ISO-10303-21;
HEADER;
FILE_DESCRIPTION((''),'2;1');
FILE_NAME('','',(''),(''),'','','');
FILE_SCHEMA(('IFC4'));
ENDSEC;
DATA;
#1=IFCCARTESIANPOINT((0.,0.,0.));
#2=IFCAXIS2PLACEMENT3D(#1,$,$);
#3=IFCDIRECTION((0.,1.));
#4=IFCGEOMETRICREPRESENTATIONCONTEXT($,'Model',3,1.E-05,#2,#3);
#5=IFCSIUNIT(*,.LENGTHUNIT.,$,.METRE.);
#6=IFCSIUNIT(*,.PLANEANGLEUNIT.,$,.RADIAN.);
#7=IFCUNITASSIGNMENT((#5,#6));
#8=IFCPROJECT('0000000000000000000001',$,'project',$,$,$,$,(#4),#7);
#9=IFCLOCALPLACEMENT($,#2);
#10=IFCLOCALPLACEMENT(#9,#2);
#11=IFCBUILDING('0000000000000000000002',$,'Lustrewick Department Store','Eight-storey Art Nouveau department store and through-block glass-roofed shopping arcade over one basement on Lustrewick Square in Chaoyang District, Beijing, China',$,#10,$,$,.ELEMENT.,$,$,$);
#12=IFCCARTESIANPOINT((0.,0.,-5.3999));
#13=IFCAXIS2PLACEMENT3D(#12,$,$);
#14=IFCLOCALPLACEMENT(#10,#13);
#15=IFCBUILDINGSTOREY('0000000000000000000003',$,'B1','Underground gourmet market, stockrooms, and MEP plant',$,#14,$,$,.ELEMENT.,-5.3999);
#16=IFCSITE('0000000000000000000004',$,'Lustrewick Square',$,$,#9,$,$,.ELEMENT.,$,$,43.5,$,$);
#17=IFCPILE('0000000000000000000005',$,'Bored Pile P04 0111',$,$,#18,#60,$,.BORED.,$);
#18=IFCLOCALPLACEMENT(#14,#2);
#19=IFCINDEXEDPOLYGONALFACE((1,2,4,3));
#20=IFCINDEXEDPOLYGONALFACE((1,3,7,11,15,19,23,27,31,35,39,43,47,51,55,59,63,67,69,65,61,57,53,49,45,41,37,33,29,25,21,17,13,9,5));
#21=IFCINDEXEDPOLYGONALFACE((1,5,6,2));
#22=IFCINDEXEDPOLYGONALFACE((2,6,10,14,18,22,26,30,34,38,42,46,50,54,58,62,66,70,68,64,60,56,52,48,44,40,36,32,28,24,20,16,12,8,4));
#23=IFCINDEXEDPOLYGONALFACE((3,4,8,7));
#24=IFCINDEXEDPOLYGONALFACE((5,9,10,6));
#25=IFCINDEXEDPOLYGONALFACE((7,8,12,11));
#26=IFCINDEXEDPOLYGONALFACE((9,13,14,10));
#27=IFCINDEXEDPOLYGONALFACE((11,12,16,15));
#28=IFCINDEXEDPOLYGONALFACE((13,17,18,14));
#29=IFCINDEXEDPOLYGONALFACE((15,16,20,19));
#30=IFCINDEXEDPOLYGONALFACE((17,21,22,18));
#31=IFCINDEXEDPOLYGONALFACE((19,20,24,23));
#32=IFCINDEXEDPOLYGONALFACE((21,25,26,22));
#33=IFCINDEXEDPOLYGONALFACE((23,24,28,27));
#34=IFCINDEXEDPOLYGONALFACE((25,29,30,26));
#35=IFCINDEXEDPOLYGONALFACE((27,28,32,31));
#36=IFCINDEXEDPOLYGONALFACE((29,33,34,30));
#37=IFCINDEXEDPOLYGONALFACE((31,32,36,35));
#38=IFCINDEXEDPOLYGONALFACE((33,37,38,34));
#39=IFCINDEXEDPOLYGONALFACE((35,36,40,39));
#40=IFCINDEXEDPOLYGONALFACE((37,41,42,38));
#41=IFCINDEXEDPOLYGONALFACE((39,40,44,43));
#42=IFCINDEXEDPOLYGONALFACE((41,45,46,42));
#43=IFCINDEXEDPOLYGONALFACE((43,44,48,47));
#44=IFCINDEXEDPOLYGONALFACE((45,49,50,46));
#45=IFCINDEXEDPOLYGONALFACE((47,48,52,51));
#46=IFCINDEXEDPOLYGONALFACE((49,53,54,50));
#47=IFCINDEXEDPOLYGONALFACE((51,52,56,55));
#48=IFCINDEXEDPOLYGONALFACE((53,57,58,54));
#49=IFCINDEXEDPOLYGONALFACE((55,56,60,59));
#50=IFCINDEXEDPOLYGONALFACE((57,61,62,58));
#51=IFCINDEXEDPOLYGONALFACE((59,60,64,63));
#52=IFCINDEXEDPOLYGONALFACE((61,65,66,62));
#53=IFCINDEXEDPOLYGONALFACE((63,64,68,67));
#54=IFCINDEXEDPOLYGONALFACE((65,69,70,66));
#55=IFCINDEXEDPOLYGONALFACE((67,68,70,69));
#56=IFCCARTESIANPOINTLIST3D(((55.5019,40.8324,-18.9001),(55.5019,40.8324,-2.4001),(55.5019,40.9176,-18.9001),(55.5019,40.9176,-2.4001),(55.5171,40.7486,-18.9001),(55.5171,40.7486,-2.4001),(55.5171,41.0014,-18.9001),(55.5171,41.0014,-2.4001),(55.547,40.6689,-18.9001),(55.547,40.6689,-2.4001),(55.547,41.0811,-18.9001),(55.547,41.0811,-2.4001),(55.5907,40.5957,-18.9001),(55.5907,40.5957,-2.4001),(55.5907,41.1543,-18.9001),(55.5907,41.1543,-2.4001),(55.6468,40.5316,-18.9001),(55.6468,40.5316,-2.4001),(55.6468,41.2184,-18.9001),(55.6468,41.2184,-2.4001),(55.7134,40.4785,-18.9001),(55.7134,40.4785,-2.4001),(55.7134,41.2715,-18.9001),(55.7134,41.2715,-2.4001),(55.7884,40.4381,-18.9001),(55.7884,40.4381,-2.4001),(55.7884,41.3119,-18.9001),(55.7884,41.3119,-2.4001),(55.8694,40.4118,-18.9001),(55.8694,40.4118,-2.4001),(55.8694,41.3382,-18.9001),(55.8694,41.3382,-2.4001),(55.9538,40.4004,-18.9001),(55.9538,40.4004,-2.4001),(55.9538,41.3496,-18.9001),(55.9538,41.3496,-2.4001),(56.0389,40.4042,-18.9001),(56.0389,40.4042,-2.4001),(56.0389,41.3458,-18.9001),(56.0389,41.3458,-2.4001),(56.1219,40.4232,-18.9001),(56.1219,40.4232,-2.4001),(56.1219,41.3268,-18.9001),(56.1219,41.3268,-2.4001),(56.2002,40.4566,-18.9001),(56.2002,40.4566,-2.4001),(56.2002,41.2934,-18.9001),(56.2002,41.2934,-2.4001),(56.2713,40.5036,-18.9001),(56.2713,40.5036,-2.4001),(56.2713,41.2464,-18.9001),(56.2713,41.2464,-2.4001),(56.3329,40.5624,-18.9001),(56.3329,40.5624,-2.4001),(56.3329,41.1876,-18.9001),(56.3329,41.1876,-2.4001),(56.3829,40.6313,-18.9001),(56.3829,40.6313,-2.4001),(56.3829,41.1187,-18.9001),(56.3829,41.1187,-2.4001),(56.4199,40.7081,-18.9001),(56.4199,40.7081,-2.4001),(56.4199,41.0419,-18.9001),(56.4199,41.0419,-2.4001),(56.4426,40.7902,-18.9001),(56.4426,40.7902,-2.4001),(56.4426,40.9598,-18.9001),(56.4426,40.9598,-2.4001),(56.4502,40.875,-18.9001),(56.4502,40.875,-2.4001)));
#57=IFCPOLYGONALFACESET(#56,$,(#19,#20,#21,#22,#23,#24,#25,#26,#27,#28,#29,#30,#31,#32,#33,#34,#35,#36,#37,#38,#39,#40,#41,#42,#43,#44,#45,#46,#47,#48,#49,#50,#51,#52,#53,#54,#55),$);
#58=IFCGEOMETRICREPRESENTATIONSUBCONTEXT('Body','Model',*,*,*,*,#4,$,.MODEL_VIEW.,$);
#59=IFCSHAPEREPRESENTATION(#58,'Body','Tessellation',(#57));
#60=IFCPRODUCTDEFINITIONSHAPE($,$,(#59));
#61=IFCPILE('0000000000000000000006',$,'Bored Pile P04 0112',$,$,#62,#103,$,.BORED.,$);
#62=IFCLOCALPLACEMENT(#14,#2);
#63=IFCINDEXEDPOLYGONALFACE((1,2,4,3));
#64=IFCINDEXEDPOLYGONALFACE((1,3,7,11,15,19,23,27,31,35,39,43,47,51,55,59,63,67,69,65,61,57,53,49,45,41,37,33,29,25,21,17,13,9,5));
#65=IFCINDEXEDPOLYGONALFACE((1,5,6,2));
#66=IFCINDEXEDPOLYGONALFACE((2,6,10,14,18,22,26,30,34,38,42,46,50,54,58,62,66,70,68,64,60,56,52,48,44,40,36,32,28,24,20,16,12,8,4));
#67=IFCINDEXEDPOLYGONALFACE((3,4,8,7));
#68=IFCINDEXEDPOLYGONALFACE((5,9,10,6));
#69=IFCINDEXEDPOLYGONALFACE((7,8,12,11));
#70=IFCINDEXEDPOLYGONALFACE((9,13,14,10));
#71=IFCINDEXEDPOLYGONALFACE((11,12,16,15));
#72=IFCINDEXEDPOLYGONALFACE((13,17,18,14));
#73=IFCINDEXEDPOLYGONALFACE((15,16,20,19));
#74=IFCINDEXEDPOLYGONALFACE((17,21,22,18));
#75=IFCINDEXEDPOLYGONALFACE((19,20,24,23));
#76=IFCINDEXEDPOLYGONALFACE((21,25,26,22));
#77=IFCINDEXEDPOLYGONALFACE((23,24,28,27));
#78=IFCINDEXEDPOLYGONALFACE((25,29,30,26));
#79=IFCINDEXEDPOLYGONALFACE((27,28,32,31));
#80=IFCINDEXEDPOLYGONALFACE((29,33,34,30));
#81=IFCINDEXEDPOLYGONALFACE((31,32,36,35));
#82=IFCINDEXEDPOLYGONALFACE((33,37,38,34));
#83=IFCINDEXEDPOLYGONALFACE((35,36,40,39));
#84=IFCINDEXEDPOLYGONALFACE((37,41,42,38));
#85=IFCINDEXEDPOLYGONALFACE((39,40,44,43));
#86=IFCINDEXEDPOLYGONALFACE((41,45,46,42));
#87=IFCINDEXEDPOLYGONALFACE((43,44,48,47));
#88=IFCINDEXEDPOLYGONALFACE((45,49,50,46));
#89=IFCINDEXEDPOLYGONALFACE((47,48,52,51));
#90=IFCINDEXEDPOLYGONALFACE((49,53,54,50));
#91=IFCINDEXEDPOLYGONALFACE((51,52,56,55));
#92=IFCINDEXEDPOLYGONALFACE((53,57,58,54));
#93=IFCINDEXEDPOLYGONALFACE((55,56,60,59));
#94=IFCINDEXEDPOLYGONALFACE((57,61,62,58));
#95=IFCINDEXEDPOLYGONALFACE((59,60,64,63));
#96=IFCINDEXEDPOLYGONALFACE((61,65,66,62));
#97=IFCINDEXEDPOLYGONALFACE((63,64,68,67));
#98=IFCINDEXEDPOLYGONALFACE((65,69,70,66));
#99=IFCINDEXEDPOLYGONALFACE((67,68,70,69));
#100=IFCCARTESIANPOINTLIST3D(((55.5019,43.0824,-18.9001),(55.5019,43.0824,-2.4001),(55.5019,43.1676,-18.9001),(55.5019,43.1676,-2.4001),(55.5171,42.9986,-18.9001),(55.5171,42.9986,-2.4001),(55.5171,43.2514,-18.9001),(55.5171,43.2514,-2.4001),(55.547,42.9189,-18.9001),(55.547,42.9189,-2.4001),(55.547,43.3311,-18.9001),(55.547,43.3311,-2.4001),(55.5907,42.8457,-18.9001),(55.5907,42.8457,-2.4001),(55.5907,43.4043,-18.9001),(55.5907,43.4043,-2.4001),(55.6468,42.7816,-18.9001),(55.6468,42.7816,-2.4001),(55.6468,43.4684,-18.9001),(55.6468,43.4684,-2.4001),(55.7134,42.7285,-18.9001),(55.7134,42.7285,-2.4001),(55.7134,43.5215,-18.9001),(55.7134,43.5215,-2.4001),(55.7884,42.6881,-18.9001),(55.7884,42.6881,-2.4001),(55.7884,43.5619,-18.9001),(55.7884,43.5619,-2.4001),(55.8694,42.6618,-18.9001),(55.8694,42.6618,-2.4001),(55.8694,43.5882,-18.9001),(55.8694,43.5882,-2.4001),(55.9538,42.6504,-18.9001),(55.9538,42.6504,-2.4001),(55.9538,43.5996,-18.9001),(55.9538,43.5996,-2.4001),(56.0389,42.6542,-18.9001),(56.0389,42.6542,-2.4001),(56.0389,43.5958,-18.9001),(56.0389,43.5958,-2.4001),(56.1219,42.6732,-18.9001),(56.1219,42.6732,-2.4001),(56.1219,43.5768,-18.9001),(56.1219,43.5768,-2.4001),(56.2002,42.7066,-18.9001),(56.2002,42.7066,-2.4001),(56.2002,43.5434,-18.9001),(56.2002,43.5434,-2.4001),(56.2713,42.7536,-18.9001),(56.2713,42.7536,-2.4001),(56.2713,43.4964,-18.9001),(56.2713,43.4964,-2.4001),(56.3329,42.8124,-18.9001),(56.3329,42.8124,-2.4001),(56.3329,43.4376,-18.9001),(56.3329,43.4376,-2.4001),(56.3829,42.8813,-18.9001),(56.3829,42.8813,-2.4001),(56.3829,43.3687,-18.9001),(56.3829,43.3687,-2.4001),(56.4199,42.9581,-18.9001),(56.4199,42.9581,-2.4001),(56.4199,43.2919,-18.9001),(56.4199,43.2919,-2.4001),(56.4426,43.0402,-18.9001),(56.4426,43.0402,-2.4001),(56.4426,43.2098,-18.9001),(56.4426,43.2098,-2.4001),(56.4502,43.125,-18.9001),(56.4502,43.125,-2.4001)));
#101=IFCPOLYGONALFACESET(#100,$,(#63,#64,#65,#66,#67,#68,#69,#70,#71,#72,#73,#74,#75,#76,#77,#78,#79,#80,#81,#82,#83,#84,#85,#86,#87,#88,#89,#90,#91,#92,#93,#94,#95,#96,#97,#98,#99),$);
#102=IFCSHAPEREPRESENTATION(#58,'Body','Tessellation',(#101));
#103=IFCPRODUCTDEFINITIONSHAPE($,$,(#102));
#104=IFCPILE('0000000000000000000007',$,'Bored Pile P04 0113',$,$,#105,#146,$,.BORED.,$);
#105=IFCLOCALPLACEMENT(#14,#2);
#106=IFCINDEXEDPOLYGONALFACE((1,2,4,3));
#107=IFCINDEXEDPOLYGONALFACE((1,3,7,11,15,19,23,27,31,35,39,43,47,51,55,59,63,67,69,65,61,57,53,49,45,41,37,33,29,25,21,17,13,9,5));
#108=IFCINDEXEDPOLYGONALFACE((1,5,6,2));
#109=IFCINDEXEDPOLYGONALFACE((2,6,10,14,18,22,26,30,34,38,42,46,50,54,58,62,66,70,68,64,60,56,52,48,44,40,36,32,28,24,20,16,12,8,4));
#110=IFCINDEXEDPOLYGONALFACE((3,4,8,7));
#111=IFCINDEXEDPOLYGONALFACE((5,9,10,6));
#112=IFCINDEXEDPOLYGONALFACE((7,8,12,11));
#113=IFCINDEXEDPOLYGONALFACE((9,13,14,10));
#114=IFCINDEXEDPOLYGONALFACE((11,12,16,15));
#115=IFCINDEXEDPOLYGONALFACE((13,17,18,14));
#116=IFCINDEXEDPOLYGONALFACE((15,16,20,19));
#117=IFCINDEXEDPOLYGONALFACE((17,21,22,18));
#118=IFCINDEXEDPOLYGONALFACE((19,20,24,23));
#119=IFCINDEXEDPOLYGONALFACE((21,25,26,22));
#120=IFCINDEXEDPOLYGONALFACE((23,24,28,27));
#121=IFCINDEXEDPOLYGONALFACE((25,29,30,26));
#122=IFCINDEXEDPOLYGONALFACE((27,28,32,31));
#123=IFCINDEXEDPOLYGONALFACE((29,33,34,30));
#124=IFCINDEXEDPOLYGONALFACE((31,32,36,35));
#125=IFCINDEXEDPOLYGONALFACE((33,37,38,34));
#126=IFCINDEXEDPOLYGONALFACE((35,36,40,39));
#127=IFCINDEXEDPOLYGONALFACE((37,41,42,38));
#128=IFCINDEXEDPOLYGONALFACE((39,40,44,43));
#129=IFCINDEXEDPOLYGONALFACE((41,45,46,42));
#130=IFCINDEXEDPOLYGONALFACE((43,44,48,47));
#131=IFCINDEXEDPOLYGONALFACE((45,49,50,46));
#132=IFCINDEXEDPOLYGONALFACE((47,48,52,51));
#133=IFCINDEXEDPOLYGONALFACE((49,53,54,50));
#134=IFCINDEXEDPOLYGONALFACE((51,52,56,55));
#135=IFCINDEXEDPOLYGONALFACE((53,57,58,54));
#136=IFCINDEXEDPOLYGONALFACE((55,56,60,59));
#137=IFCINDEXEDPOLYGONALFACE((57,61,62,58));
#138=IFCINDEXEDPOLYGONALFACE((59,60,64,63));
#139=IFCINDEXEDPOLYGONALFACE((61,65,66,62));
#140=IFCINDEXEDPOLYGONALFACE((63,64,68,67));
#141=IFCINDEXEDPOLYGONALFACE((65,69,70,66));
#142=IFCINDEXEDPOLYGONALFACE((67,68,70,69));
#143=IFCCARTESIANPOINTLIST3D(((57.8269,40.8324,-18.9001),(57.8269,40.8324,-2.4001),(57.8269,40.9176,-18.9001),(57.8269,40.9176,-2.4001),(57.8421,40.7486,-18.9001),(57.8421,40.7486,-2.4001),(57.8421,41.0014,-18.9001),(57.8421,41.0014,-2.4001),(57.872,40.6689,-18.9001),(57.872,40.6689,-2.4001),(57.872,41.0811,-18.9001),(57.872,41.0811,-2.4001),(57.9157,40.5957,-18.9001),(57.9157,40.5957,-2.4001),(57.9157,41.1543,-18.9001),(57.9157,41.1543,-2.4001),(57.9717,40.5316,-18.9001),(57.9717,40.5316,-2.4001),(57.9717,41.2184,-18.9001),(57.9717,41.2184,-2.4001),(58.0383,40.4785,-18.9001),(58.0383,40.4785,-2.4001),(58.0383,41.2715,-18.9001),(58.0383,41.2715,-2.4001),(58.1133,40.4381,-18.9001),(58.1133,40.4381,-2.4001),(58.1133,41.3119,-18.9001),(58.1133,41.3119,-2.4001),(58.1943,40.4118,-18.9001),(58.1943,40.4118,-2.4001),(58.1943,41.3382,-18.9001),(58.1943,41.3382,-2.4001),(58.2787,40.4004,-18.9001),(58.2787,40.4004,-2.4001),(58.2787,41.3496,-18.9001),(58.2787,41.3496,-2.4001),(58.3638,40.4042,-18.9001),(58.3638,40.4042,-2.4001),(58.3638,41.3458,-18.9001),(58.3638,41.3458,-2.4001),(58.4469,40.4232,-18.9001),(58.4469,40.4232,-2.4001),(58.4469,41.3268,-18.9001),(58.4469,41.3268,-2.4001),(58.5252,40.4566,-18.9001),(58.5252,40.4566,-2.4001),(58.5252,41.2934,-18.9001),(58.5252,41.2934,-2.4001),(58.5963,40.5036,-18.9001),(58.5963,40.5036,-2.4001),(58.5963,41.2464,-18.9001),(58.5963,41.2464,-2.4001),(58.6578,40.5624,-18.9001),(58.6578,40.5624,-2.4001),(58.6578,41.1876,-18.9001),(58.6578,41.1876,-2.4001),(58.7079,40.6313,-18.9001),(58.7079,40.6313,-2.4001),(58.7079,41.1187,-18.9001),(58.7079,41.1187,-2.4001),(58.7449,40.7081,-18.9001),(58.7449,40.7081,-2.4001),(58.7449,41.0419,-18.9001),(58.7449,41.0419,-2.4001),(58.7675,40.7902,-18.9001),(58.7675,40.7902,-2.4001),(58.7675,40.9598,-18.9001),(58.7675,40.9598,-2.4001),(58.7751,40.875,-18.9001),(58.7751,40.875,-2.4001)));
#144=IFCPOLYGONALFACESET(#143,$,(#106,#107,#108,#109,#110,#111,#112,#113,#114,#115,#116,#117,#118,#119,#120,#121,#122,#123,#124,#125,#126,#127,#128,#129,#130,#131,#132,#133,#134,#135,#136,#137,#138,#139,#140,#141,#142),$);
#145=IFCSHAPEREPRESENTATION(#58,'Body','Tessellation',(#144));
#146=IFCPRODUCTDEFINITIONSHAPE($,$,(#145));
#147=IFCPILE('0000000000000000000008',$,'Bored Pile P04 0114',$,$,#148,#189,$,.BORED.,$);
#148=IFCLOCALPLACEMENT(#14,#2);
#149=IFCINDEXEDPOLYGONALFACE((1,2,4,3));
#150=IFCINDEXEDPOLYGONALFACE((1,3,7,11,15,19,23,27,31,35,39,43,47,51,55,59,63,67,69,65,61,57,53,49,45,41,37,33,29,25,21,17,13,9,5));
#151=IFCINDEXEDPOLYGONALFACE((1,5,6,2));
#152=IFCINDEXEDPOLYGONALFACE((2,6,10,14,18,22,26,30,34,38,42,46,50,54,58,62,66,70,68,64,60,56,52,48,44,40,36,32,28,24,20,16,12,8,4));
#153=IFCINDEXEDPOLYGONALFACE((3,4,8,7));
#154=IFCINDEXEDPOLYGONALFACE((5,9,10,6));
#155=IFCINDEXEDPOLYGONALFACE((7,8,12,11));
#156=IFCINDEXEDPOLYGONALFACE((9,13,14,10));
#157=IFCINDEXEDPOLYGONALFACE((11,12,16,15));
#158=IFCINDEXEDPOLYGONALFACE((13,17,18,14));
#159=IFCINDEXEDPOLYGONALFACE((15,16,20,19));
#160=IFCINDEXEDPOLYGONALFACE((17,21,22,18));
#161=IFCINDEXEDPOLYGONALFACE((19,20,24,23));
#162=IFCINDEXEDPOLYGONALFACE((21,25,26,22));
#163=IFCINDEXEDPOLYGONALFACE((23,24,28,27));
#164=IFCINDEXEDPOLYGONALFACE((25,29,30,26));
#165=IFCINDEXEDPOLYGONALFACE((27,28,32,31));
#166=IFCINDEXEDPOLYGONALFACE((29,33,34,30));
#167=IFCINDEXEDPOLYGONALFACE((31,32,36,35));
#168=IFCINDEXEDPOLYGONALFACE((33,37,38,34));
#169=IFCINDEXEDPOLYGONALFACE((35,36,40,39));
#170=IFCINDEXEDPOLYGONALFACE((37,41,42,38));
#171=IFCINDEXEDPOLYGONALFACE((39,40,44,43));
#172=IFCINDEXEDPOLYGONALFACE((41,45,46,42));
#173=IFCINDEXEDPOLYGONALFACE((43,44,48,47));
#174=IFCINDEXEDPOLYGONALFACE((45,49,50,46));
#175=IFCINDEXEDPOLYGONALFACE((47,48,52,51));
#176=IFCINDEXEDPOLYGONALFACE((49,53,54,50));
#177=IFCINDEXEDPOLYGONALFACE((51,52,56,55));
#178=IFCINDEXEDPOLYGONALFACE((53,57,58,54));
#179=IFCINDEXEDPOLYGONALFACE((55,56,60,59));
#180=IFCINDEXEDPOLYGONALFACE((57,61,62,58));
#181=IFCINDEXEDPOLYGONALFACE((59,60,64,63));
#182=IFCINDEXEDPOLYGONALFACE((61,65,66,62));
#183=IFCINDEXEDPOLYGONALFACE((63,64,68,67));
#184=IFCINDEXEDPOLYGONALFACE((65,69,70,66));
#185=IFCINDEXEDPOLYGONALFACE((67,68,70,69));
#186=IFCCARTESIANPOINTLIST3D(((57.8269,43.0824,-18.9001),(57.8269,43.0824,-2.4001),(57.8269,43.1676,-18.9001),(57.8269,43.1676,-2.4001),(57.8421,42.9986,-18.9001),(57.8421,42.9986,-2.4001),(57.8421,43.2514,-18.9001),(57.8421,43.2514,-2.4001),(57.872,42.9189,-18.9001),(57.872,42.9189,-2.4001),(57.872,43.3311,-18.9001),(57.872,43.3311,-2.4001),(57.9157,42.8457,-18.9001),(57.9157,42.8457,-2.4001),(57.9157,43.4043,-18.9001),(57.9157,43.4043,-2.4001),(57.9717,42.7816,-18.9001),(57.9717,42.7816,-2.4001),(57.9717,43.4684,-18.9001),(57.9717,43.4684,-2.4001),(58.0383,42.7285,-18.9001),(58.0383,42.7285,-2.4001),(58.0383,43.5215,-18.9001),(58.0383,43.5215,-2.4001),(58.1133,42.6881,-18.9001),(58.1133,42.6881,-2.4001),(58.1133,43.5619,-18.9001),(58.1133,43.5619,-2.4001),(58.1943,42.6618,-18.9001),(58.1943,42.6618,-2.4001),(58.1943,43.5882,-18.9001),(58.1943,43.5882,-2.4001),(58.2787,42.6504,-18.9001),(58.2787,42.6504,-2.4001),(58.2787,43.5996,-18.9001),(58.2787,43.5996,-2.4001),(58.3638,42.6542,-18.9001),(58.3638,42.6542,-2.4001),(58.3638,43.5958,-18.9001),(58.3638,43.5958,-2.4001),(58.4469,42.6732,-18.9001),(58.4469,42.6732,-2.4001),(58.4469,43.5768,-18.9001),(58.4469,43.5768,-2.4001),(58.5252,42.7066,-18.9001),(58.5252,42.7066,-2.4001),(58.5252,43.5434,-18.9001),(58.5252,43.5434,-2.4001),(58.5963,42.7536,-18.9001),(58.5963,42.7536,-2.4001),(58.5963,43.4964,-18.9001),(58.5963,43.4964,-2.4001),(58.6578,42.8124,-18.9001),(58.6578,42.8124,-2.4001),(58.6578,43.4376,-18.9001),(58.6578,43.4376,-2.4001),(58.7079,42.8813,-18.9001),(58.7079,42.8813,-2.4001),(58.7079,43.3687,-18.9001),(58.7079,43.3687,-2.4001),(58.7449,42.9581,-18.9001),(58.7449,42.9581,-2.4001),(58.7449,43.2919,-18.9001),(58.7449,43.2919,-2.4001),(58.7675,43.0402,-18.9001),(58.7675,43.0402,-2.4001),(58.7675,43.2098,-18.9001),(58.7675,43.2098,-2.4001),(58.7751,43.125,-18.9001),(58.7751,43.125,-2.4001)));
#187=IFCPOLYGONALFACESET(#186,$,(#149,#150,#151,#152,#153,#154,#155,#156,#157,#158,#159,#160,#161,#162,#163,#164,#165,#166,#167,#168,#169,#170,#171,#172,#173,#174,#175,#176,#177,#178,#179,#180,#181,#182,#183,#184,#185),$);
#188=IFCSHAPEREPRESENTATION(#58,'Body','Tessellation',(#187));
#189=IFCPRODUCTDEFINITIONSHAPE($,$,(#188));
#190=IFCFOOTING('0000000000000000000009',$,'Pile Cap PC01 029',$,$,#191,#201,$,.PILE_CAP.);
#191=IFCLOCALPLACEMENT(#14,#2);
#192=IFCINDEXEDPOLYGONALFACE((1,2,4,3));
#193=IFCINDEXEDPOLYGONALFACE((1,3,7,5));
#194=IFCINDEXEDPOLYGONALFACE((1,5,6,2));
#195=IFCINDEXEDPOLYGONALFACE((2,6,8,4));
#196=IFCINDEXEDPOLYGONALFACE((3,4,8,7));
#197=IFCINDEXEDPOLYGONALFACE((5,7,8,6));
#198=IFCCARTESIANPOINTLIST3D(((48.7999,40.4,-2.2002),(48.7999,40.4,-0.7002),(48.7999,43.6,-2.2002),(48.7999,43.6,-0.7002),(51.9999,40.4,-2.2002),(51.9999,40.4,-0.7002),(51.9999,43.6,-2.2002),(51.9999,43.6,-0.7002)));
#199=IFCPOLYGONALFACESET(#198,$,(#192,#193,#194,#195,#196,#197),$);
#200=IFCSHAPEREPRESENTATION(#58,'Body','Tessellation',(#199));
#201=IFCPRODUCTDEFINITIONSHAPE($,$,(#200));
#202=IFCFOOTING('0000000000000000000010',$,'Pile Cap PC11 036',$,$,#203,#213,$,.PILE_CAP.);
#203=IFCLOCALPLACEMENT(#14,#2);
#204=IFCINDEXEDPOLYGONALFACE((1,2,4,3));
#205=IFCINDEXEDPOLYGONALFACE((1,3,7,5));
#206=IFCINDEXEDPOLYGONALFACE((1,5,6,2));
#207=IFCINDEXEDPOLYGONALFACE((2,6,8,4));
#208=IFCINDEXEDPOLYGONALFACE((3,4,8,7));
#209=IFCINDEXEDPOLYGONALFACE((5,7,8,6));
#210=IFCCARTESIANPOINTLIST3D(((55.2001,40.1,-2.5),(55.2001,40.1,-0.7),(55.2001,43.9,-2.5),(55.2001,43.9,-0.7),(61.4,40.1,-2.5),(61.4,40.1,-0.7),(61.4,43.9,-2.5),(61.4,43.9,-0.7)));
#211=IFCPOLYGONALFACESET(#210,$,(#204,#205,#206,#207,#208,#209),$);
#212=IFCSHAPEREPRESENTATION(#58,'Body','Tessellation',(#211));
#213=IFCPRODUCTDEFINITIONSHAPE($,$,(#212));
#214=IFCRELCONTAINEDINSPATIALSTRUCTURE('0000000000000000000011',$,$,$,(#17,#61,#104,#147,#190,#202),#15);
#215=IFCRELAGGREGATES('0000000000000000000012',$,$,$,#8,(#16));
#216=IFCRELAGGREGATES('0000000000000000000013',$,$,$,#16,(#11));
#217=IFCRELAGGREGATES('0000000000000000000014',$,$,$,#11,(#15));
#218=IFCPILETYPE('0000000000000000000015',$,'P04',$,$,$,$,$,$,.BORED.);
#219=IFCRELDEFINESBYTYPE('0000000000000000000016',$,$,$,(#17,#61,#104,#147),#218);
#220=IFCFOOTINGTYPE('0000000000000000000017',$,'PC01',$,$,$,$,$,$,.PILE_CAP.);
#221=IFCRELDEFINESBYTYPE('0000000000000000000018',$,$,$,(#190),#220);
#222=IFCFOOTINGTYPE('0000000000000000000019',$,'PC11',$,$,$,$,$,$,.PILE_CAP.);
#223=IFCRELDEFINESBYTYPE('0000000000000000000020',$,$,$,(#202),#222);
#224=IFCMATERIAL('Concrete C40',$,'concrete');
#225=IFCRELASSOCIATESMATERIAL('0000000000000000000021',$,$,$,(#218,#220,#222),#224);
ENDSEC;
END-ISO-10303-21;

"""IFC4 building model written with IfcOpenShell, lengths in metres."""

from ifc_helpers import new_model, si_unit, direction, frame, origin, origin_2d, place, context, subcontext, project, spatial, rectangle, circle, extrude, material, material_profile, profile_set, type_object, element, save


model = new_model("IFC4")

# Units and contexts
model_context = context("Model", 3, precision=1e-05, world=origin(), true_north=direction((0.0, 1.0)))
body_context = subcontext(model_context, "Body", "Model", "MODEL_VIEW")
ifc_project = project(units=[si_unit("LENGTHUNIT", "METRE"), si_unit("PLANEANGLEUNIT", "RADIAN")], contexts=[model_context])

# Site, building, storey
site_placement = place(None, origin())
site = spatial("IfcSite", under=ifc_project, at=site_placement, Name="Lustrewick Square", CompositionType="ELEMENT", RefElevation=43.5)
building_placement = place(site_placement, origin())
building = spatial("IfcBuilding", under=site, at=building_placement, Name="Lustrewick Department Store", Description="Eight-storey Art Nouveau department store and through-block glass-roofed shopping arcade over one basement on Lustrewick Square in Chaoyang District, Beijing, China", CompositionType="ELEMENT")
storey_placement = place(building_placement, frame((0.0, 0.0, -5.3999)))
storey = spatial("IfcBuildingStorey", under=building, at=storey_placement, Name="B1", Description="Underground gourmet market, stockrooms, and MEP plant", CompositionType="ELEMENT", Elevation=-5.3999)

# Piles
ifc_material_1 = material(Name="Concrete C40", Category="concrete")
ifc_material_profile_1 = material_profile(ifc_material_1, circle(Radius=0.4751, at=origin_2d()), Name="PILE D950")
ifc_profile_set_1 = profile_set([ifc_material_profile_1], Name="Concrete C40")
pile_type_1 = type_object("IfcPileType", Name="P04", PredefinedType="BORED", material=ifc_profile_set_1)
for number, where, z_axis, x_axis, name in (
    (1, (55.9751, 40.875, -2.4001), (0.0, 0.0, -1.0), (1.0, 0.0, 0.0), "Bored Pile P04 0111"),
    (2, (55.9751, 43.125, -2.4001), (0.0, 0.0, -1.0), (1.0, 0.0, 0.0), "Bored Pile P04 0112"),
    (3, (58.3, 40.875, -2.4001), (0.0, 0.0, -1.0), (1.0, 0.0, 0.0), "Bored Pile P04 0113"),
    (4, (58.3, 43.125, -2.4001), (0.0, 0.0, -1.0), (1.0, 0.0, 0.0), "Bored Pile P04 0114"),
):
    element("IfcPile", number, at=place(storey_placement, frame(where, z_axis=z_axis, x_axis=x_axis)), inside=storey, type_object=pile_type_1, Name=name, PredefinedType="BORED", context=body_context, shape_type="SweptSolid", body=[
        extrude(circle(Radius=0.4751, at=origin_2d()), origin(), (0.0, 0.0, 1.0), 16.5),
    ])

# Footings
footing_type_1 = type_object("IfcFootingType", Name="PC01", PredefinedType="PILE_CAP", material=ifc_material_1)
footing_1_placement = place(storey_placement, frame((50.3999, 42.0, -2.2002), z_axis=(0.0, 0.0, 1.0), x_axis=(1.0, 0.0, 0.0)))
element("IfcFooting", 5, at=footing_1_placement, inside=storey, type_object=footing_type_1, Name="Pile Cap PC01 029", PredefinedType="PILE_CAP", context=body_context, shape_type="SweptSolid", body=[
    extrude(rectangle(XDim=3.2, YDim=3.2, at=origin_2d()), origin(), (0.0, 0.0, 1.0), 1.5),
])
footing_type_2 = type_object("IfcFootingType", Name="PC11", PredefinedType="PILE_CAP", material=ifc_material_1)
footing_2_placement = place(storey_placement, frame((58.3, 42.0, -2.5), z_axis=(0.0, 0.0, 1.0), x_axis=(1.0, 0.0, 0.0)))
element("IfcFooting", 6, at=footing_2_placement, inside=storey, type_object=footing_type_2, Name="Pile Cap PC11 036", PredefinedType="PILE_CAP", context=body_context, shape_type="SweptSolid", body=[
    extrude(rectangle(XDim=6.2, YDim=3.8, at=origin_2d()), origin(), (0.0, 0.0, 1.0), 1.8),
])

save(model, "model.ifc")
